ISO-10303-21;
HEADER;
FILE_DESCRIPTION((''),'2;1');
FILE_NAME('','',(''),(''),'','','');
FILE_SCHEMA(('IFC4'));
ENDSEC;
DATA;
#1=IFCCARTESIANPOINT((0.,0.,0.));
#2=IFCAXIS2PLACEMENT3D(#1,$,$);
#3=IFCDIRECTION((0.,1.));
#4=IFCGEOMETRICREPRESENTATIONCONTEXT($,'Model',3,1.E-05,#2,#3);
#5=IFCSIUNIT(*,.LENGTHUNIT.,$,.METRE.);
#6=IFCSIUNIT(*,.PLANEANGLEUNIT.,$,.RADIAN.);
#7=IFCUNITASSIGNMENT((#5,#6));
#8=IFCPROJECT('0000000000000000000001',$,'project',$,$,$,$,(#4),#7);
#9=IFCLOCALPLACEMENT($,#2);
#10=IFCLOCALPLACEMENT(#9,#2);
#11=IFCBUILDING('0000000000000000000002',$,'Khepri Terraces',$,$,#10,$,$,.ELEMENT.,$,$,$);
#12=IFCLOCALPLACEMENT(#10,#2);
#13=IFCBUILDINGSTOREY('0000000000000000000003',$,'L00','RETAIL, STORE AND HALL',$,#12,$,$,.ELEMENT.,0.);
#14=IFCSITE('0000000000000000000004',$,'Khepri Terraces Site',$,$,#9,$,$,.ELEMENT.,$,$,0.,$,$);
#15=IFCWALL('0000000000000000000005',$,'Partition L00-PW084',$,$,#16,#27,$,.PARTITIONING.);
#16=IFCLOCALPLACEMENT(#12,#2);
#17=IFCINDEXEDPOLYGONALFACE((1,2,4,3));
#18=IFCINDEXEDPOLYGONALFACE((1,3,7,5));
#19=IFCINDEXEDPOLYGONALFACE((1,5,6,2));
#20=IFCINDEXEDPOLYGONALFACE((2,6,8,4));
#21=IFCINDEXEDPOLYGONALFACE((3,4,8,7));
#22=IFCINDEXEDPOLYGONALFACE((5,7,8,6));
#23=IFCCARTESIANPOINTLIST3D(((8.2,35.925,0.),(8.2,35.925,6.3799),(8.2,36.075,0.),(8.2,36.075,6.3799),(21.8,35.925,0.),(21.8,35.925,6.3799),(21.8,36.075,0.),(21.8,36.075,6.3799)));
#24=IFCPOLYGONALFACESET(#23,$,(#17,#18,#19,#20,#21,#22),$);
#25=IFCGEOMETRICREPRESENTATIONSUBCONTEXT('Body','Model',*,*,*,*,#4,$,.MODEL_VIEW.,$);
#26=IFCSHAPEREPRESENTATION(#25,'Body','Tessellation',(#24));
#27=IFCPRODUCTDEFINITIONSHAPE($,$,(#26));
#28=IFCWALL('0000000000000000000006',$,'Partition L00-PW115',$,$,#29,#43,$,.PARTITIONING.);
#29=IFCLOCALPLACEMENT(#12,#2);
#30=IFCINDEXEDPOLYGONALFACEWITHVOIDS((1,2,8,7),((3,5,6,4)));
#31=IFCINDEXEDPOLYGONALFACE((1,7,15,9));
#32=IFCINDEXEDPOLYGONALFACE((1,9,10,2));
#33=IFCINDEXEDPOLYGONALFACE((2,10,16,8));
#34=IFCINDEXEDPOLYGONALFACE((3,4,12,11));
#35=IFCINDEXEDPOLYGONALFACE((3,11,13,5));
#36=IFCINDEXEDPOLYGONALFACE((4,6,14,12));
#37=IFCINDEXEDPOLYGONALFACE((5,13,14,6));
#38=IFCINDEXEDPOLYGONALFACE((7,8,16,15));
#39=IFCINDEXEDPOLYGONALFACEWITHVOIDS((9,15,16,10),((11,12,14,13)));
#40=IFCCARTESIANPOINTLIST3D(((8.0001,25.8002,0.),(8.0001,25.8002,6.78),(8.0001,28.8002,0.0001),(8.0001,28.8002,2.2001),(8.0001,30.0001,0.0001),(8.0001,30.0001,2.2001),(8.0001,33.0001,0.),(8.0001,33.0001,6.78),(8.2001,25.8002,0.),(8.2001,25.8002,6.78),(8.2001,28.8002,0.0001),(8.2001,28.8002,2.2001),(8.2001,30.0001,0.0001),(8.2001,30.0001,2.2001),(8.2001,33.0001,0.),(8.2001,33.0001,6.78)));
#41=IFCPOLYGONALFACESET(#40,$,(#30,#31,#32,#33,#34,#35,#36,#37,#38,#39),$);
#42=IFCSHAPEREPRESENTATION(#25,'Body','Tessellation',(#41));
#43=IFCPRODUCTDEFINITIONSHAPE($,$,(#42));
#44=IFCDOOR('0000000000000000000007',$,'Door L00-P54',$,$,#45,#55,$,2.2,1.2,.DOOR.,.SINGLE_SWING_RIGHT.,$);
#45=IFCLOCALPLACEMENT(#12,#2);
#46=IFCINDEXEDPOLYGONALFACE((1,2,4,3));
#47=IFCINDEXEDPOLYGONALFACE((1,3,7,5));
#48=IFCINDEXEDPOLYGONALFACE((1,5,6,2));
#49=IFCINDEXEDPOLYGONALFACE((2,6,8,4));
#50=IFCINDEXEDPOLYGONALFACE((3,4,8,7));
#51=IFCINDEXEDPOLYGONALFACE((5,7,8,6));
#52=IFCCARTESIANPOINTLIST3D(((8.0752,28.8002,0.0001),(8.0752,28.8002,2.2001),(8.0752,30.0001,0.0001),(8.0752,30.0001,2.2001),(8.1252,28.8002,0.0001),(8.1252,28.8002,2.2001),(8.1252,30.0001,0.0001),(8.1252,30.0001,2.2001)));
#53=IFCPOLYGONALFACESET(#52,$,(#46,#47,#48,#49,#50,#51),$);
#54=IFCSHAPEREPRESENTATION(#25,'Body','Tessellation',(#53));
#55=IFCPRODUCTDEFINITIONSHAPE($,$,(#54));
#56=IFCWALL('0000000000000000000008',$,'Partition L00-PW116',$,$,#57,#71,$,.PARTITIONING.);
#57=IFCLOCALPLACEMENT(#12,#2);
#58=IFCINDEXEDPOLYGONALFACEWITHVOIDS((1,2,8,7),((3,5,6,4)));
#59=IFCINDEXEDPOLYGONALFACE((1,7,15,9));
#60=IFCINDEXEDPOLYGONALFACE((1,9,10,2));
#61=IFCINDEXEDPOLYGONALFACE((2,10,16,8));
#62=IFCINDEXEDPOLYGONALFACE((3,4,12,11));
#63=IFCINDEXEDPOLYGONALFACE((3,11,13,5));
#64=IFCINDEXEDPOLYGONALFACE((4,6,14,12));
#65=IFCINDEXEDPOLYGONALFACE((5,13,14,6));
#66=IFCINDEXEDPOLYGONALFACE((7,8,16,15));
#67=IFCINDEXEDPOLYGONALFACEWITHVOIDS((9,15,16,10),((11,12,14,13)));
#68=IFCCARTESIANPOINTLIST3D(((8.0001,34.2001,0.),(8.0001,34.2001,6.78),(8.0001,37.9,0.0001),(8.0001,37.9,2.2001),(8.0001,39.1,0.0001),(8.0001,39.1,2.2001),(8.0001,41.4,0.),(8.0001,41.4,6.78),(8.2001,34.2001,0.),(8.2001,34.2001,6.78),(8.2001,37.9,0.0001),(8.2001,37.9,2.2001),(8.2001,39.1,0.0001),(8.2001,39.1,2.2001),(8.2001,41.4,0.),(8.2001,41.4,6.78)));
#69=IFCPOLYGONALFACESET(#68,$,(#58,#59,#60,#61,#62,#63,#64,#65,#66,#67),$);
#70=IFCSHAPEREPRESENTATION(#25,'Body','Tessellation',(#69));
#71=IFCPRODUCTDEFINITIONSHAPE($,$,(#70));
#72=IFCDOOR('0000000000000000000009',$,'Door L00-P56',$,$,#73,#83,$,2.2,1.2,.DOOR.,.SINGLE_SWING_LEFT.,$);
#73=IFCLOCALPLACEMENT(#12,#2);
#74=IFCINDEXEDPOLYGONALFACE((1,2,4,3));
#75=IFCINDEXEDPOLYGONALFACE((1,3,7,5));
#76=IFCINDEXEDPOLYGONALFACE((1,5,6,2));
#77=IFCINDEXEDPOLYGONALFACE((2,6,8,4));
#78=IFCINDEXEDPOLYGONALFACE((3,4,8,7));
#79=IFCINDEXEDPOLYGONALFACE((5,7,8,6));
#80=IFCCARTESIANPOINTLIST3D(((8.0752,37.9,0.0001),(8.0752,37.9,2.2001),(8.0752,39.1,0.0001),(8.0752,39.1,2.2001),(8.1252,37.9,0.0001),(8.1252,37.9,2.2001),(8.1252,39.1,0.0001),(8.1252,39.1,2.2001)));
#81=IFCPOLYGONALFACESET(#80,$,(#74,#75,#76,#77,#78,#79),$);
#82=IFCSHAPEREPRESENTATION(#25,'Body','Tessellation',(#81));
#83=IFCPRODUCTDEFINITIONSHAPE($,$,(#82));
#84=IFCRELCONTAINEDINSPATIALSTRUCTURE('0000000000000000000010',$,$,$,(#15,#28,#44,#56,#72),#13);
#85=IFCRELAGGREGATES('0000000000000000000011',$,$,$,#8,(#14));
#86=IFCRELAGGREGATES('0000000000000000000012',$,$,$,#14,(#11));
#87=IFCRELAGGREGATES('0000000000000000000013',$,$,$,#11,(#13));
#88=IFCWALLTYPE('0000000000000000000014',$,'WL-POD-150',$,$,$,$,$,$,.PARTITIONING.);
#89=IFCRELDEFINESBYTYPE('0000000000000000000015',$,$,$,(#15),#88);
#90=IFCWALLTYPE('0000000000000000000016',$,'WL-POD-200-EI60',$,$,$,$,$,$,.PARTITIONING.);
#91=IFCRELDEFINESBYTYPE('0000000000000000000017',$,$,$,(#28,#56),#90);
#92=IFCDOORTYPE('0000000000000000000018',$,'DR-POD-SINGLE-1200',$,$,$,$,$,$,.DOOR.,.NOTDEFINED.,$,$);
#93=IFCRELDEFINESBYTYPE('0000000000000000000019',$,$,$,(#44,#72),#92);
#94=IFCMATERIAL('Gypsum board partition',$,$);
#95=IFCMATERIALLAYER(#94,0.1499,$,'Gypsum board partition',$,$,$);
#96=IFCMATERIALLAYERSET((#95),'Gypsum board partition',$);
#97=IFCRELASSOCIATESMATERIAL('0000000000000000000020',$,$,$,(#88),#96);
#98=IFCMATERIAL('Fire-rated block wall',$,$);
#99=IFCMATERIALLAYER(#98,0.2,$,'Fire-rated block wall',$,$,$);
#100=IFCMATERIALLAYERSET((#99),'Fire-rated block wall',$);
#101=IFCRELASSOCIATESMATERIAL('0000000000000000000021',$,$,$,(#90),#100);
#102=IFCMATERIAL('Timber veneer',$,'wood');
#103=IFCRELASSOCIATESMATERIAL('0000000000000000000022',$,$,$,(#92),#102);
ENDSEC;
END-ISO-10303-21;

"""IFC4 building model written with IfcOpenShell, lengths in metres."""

from ifc_helpers import new_model, si_unit, direction, frame, frame_2d, origin, place, context, subcontext, project, spatial, rectangle, extrude, material, layer, layer_set, type_object, element, fill, save


model = new_model("IFC4")

# Units and contexts
model_context = context("Model", 3, precision=1e-05, world=origin(), true_north=direction((0.0, 1.0)))
body_context = subcontext(model_context, "Body", "Model", "MODEL_VIEW")
ifc_project = project(units=[si_unit("LENGTHUNIT", "METRE"), si_unit("PLANEANGLEUNIT", "RADIAN")], contexts=[model_context])

# Site, building, storey
site_placement = place(None, origin())
site = spatial("IfcSite", under=ifc_project, at=site_placement, Name="Khepri Terraces Site", CompositionType="ELEMENT", RefElevation=0.0)
building_placement = place(site_placement, origin())
building = spatial("IfcBuilding", under=site, at=building_placement, Name="Khepri Terraces", CompositionType="ELEMENT")
storey_placement = place(building_placement, origin())
storey = spatial("IfcBuildingStorey", under=building, at=storey_placement, Name="L00", Description="RETAIL, STORE AND HALL", CompositionType="ELEMENT", Elevation=0.0)

# Wall
ifc_material_1 = material(Name="Gypsum board partition")
ifc_layer_1 = layer(ifc_material_1, 0.1499, Name="Gypsum board partition")
ifc_layer_set_1 = layer_set([ifc_layer_1], Name="Gypsum board partition")
wall_type_1 = type_object("IfcWallType", Name="WL-POD-150", PredefinedType="PARTITIONING", material=ifc_layer_set_1)
wall_1_placement = place(storey_placement, frame((8.2, 36.0, 0.0), z_axis=(0.0, 0.0, 1.0), x_axis=(1.0, 0.0, 0.0)))
element("IfcWall", 1, at=wall_1_placement, inside=storey, type_object=wall_type_1, Name="Partition L00-PW084", PredefinedType="PARTITIONING", context=body_context, shape_type="SweptSolid", body=[
    extrude(rectangle(XDim=13.6001, YDim=0.1499, at=frame_2d((6.8, 0.0))), origin(), (0.0, 0.0, 1.0), 6.3799),
])

# Walls, openings, doors
ifc_material_2 = material(Name="Fire-rated block wall")
ifc_layer_2 = layer(ifc_material_2, 0.2, Name="Fire-rated block wall")
ifc_layer_set_2 = layer_set([ifc_layer_2], Name="Fire-rated block wall")
wall_type_2 = type_object("IfcWallType", Name="WL-POD-200-EI60", PredefinedType="PARTITIONING", material=ifc_layer_set_2)
wall_2_placement = place(storey_placement, frame((8.1001, 25.8, 0.0), z_axis=(0.0, 0.0, 1.0), x_axis=(0.0, 1.0, 0.0)))
wall_2 = element("IfcWall", 2, at=wall_2_placement, inside=storey, type_object=wall_type_2, Name="Partition L00-PW115", PredefinedType="PARTITIONING", context=body_context, shape_type="SweptSolid", body=[
    extrude(rectangle(XDim=7.2, YDim=0.2, at=frame_2d((3.6001, 0.0))), origin(), (0.0, 0.0, 1.0), 6.78),
])
opening_1_placement = place(wall_2_placement, frame((3.0, 0.0, 0.0)))
opening_1 = element("IfcOpeningElement", 3, at=opening_1_placement, cuts=wall_2, PredefinedType="OPENING", context=body_context, shape_type="SweptSolid", body=[
    extrude(rectangle(XDim=1.2, YDim=2.2, at=frame_2d((0.6001, 1.1001))), frame((0.0, 0.1099, 0.0), z_axis=(0.0, -1.0, 0.0), x_axis=(1.0, 0.0, 0.0)), (0.0, 0.0, 1.0), 0.22),
])
ifc_material_3 = material(Name="Timber veneer", Category="wood")
door_type = type_object("IfcDoorType", Name="DR-POD-SINGLE-1200", OperationType="NOTDEFINED", PredefinedType="DOOR", material=ifc_material_3)
door_1_placement = place(opening_1_placement, origin())
door_1 = element("IfcDoor", 4, at=door_1_placement, inside=storey, type_object=door_type, Name="Door L00-P54", OperationType="SINGLE_SWING_RIGHT", OverallHeight=2.2, OverallWidth=1.2, PredefinedType="DOOR", context=body_context, shape_type="SweptSolid", body=[
    extrude(rectangle(XDim=1.2, YDim=2.2, at=frame_2d((0.6001, 1.1001))), frame((0.0, 0.0249, 0.0), z_axis=(0.0, -1.0, 0.0), x_axis=(1.0, 0.0, 0.0)), (0.0, 0.0, 1.0), 0.05),
])
fill(opening_1, door_1)
wall_3_placement = place(storey_placement, frame((8.1001, 34.2, 0.0), z_axis=(0.0, 0.0, 1.0), x_axis=(0.0, 1.0, 0.0)))
wall_3 = element("IfcWall", 5, at=wall_3_placement, inside=storey, type_object=wall_type_2, Name="Partition L00-PW116", PredefinedType="PARTITIONING", context=body_context, shape_type="SweptSolid", body=[
    extrude(rectangle(XDim=7.2, YDim=0.2, at=frame_2d((3.6001, 0.0))), origin(), (0.0, 0.0, 1.0), 6.78),
])
opening_2_placement = place(wall_3_placement, frame((3.7, 0.0, 0.0)))
opening_2 = element("IfcOpeningElement", 6, at=opening_2_placement, cuts=wall_3, PredefinedType="OPENING", context=body_context, shape_type="SweptSolid", body=[
    extrude(rectangle(XDim=1.2, YDim=2.2, at=frame_2d((0.6001, 1.1001))), frame((0.0, 0.1099, 0.0), z_axis=(0.0, -1.0, 0.0), x_axis=(1.0, 0.0, 0.0)), (0.0, 0.0, 1.0), 0.22),
])
door_2_placement = place(opening_2_placement, origin())
door_2 = element("IfcDoor", 7, at=door_2_placement, inside=storey, type_object=door_type, Name="Door L00-P56", OperationType="SINGLE_SWING_LEFT", OverallHeight=2.2, OverallWidth=1.2, PredefinedType="DOOR", context=body_context, shape_type="SweptSolid", body=[
    extrude(rectangle(XDim=1.2, YDim=2.2, at=frame_2d((0.6001, 1.1001))), frame((0.0, 0.0249, 0.0), z_axis=(0.0, -1.0, 0.0), x_axis=(1.0, 0.0, 0.0)), (0.0, 0.0, 1.0), 0.05),
])
fill(opening_2, door_2)

save(model, "model.ifc")
